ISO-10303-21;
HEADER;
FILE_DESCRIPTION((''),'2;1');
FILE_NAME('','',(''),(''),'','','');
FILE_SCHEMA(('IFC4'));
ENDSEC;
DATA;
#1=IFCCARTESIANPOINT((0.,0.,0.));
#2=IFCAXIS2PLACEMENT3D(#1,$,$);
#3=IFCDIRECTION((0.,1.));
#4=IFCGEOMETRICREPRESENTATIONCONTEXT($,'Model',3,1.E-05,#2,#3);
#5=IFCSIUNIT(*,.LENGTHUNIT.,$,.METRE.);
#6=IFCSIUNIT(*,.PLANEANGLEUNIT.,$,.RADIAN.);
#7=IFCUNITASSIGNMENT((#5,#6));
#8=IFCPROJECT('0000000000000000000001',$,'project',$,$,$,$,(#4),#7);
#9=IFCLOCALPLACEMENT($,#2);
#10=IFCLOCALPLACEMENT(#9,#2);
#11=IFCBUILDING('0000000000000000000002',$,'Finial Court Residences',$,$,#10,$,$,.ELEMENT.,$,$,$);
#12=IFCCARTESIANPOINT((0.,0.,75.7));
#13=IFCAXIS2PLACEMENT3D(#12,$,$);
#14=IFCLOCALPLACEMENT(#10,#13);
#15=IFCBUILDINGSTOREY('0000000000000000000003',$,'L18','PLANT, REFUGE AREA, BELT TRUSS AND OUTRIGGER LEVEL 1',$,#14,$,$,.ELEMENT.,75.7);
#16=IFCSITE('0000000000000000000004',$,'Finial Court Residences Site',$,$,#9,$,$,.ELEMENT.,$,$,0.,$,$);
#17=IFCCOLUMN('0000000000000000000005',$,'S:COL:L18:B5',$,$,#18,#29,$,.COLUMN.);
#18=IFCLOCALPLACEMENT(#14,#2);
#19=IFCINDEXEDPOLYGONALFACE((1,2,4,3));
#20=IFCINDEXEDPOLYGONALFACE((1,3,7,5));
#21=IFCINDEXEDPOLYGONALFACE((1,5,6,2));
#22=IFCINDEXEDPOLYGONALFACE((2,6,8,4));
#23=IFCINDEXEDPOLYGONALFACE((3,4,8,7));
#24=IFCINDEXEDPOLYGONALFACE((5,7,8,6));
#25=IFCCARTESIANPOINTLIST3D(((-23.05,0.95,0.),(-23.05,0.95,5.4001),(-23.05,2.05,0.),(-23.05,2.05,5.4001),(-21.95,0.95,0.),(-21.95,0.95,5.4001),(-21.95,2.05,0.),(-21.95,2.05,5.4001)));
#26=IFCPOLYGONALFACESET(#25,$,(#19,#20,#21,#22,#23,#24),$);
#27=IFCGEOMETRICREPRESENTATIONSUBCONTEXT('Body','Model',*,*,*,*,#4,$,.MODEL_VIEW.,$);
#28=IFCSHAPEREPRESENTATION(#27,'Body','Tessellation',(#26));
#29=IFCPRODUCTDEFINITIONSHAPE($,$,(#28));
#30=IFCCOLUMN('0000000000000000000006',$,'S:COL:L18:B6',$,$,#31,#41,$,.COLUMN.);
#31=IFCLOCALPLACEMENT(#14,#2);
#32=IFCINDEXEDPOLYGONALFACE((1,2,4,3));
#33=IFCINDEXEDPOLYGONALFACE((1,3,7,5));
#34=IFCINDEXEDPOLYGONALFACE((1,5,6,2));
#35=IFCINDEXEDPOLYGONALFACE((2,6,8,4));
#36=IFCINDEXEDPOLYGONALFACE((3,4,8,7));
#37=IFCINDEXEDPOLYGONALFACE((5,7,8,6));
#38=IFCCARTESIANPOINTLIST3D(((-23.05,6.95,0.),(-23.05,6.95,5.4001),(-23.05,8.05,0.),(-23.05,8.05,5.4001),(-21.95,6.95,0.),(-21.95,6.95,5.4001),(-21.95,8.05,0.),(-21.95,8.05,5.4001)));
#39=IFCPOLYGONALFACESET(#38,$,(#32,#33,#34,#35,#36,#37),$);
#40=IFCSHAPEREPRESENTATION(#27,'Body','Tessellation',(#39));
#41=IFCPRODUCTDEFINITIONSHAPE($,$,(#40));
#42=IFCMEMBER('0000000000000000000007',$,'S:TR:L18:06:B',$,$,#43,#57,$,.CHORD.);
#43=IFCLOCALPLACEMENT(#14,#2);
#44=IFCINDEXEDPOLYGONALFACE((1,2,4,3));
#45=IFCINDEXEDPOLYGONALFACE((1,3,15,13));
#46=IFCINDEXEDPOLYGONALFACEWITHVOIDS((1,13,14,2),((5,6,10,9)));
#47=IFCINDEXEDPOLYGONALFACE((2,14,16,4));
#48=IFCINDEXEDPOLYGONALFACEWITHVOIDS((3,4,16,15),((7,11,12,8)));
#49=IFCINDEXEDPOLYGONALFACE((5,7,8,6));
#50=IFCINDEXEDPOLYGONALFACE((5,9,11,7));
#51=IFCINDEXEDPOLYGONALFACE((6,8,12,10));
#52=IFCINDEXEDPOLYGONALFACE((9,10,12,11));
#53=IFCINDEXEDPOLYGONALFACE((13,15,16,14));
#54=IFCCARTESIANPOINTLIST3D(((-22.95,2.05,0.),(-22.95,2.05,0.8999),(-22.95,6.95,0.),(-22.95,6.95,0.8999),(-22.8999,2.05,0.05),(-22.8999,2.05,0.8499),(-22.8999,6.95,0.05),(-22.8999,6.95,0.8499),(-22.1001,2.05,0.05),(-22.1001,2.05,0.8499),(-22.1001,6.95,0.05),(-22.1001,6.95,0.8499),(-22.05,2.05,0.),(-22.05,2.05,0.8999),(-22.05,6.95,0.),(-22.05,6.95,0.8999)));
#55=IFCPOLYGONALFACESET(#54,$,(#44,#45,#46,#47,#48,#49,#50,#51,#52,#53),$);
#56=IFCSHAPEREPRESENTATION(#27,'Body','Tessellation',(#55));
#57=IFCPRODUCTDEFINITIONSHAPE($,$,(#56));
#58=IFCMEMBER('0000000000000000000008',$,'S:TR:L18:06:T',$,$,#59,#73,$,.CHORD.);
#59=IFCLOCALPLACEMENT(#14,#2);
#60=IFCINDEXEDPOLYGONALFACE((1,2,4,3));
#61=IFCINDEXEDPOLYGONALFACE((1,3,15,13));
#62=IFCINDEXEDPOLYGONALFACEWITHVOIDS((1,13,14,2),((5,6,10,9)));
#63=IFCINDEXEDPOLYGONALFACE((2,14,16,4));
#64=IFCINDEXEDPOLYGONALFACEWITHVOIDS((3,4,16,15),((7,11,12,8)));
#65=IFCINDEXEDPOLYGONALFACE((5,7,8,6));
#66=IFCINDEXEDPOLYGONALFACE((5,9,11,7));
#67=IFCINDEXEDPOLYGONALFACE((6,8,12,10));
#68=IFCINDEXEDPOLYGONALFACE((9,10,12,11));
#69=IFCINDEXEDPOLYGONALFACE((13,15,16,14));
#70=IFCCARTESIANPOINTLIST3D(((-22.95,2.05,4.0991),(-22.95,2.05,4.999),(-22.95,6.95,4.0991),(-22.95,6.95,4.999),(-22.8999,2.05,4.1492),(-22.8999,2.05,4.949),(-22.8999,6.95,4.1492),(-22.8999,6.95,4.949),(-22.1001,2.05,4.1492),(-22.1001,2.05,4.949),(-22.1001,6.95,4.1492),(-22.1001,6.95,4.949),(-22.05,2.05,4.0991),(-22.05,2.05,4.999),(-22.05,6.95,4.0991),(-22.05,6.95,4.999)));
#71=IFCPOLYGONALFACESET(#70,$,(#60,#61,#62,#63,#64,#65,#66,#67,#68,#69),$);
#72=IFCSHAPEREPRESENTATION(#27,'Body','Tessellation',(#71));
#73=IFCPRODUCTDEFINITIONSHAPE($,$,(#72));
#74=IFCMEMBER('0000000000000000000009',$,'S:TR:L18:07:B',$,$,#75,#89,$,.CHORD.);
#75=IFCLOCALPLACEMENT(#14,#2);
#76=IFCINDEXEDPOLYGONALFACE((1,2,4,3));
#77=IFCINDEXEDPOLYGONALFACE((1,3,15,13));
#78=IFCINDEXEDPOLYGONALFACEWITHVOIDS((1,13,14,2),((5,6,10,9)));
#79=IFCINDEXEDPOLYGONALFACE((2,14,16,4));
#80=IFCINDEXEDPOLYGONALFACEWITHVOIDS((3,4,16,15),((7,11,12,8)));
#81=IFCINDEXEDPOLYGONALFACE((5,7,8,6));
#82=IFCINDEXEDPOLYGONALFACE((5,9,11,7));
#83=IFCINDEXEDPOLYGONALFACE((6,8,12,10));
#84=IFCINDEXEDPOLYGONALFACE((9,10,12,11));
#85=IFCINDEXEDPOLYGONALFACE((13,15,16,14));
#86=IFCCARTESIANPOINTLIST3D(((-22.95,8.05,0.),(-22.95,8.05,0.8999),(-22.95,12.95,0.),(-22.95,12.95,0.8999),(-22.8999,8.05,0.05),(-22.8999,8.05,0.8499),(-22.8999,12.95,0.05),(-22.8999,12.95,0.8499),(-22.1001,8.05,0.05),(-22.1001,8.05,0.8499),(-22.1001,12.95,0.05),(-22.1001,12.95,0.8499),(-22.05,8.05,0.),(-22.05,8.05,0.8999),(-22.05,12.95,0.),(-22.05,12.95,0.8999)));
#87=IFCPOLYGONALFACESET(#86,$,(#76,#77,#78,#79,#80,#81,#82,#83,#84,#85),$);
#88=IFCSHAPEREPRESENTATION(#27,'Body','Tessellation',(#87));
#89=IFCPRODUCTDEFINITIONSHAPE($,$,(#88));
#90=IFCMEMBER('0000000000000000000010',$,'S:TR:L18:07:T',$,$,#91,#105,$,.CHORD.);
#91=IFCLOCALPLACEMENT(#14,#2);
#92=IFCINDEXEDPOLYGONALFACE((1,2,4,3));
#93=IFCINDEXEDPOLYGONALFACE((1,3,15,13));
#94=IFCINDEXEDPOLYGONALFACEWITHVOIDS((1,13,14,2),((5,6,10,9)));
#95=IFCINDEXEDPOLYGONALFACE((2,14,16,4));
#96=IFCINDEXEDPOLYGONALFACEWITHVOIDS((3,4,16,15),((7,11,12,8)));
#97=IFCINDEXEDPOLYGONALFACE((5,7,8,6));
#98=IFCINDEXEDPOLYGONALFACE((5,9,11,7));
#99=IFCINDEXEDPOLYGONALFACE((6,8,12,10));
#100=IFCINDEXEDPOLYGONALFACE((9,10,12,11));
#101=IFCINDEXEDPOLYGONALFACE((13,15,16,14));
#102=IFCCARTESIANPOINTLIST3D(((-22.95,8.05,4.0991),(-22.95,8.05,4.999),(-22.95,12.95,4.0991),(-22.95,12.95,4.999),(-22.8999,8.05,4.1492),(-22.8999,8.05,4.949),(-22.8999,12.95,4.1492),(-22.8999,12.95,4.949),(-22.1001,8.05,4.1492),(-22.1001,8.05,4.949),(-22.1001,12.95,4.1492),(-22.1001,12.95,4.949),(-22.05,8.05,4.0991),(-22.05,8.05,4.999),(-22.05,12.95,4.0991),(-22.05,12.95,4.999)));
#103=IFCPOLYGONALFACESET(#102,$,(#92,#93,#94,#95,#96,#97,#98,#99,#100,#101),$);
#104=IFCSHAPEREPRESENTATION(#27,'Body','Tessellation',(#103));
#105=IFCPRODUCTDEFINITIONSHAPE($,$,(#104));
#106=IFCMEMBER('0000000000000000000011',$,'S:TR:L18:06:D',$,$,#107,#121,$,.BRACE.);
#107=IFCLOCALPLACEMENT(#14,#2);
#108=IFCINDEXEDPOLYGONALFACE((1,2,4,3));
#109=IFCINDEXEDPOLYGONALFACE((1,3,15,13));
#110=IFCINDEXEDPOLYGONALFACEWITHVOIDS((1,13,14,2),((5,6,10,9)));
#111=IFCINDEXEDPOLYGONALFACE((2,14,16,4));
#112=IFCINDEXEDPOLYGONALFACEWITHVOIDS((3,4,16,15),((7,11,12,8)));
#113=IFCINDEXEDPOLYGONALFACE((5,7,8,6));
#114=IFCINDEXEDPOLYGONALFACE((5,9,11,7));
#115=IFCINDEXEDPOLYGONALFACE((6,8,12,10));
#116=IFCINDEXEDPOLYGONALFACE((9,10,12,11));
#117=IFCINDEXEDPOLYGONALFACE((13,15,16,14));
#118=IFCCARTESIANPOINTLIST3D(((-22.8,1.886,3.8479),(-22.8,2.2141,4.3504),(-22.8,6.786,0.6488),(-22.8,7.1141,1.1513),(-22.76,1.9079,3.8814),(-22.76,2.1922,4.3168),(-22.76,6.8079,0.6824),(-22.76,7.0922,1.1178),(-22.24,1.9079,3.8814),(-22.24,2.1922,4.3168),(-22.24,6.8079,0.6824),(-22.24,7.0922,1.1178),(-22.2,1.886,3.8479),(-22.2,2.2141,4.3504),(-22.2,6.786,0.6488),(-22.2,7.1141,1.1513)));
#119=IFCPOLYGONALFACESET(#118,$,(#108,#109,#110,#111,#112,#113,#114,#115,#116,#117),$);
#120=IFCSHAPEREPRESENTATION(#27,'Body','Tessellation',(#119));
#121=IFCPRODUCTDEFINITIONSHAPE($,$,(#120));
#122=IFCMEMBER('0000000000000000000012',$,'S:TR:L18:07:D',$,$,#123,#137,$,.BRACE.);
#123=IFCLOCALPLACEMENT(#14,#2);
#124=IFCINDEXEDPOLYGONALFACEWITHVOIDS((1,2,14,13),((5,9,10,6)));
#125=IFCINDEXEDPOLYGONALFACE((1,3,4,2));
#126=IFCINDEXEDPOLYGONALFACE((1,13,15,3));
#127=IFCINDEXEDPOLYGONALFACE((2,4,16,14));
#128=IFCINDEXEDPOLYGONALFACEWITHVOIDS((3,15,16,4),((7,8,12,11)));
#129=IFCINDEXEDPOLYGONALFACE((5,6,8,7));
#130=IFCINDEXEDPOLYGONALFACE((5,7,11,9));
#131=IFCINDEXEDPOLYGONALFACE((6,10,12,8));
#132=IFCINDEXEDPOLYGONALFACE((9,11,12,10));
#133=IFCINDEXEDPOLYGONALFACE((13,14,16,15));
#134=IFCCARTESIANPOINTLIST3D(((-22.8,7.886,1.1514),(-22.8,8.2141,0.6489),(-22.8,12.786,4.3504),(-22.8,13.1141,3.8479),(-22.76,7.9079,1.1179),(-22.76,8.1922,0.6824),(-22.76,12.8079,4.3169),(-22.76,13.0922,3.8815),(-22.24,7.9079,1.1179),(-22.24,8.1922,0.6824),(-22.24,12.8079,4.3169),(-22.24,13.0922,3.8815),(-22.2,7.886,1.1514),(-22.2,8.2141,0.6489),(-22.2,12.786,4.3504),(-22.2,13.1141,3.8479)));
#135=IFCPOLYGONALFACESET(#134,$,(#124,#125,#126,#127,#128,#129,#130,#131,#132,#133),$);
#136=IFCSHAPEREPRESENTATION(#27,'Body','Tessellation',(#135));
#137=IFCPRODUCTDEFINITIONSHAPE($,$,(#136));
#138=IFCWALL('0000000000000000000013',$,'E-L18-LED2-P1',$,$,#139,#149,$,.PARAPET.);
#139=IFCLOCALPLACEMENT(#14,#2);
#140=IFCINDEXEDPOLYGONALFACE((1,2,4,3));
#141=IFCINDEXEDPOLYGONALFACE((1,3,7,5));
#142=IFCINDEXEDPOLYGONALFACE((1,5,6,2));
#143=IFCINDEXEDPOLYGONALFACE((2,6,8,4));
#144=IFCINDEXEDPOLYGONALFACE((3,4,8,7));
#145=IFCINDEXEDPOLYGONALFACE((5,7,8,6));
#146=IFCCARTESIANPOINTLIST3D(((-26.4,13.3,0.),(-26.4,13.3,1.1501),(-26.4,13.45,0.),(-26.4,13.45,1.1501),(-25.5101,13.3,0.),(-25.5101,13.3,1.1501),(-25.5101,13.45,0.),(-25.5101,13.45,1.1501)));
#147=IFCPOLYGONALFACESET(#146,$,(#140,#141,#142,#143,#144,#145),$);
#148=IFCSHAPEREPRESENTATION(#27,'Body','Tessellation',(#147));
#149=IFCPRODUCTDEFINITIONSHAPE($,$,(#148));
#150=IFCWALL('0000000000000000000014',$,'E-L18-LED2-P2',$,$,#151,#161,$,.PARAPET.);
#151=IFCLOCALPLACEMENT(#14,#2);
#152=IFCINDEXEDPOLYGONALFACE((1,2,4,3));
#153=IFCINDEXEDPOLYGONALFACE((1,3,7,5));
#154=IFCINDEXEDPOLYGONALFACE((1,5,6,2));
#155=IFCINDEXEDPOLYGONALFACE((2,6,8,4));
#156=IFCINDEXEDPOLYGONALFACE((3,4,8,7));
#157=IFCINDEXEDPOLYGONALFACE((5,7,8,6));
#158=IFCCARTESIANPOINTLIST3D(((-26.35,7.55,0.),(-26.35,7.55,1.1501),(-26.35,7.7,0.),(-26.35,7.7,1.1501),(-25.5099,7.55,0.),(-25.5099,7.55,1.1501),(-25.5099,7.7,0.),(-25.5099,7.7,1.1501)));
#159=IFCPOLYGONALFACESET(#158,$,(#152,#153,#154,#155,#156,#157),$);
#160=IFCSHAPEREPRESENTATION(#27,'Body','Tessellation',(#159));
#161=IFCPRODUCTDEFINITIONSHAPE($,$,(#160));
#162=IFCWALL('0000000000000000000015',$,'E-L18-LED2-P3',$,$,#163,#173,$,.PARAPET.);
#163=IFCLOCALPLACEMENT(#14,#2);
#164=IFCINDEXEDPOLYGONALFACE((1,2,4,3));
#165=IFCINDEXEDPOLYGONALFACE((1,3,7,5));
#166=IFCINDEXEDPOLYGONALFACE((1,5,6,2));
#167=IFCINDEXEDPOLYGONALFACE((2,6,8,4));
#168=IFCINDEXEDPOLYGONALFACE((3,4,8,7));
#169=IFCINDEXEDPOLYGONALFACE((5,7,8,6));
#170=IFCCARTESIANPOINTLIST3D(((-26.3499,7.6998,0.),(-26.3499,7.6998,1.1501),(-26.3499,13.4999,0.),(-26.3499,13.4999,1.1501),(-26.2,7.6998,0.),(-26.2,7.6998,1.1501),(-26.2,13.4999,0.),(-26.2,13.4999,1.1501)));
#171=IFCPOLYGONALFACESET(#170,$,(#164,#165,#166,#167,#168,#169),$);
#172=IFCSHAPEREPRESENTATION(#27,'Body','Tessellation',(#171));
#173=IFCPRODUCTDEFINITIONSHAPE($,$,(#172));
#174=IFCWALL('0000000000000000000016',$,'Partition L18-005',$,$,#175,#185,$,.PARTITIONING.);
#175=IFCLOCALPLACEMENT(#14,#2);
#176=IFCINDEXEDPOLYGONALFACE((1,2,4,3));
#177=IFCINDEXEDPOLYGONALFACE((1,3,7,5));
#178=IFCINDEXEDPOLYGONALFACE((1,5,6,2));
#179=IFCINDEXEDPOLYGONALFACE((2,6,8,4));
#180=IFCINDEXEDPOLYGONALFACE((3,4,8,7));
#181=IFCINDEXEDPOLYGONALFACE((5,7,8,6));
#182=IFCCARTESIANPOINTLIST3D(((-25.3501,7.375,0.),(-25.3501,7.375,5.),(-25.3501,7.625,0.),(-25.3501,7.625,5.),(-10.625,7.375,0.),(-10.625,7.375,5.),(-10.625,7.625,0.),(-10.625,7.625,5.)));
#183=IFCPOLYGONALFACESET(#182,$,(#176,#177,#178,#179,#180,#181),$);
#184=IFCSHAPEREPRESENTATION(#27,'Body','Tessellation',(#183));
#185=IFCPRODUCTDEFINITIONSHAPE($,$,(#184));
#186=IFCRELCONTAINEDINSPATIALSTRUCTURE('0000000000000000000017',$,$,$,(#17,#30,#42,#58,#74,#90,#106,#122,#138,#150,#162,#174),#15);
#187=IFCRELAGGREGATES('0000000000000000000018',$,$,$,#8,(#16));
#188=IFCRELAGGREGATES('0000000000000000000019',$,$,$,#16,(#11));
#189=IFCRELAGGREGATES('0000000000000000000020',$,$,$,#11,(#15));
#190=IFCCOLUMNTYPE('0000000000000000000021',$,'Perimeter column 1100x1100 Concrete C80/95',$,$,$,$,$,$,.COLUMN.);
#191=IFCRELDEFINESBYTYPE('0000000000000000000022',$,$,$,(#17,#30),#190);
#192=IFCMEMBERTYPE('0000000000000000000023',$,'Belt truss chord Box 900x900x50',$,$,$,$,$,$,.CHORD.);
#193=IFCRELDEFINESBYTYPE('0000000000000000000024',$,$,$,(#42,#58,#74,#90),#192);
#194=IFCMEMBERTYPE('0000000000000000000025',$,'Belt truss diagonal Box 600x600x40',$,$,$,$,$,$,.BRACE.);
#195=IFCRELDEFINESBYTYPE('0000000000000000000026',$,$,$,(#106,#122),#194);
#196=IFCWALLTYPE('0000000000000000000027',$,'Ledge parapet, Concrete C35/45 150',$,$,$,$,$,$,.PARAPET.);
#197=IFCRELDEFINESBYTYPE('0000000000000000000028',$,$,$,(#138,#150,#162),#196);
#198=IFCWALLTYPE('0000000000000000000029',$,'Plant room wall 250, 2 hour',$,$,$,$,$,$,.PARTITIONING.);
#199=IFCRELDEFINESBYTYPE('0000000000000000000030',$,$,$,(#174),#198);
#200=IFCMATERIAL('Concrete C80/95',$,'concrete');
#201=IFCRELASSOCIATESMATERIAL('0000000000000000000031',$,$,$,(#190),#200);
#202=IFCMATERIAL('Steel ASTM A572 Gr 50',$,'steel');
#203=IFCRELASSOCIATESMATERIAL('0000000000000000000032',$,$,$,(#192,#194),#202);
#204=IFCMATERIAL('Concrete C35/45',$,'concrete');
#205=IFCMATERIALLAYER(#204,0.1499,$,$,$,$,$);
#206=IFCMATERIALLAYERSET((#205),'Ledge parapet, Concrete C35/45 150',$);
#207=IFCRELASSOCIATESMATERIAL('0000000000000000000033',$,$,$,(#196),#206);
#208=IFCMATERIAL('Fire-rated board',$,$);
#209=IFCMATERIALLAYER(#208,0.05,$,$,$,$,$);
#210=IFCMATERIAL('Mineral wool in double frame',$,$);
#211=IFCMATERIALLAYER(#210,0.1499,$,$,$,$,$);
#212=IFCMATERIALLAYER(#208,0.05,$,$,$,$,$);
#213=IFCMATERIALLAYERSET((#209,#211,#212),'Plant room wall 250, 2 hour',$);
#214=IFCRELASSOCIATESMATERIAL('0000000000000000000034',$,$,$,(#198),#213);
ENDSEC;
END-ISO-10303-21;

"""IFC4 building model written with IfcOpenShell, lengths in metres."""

from ifc_helpers import new_model, si_unit, direction, frame, frame_2d, origin, origin_2d, place, context, subcontext, project, spatial, rectangle, hollow_rectangle, extrude, material, layer, layer_set, material_profile, profile_set, type_object, element, save


model = new_model("IFC4")

# Units and contexts
model_context = context("Model", 3, precision=1e-05, world=origin(), true_north=direction((0.0, 1.0)))
body_context = subcontext(model_context, "Body", "Model", "MODEL_VIEW")
ifc_project = project(units=[si_unit("LENGTHUNIT", "METRE"), si_unit("PLANEANGLEUNIT", "RADIAN")], contexts=[model_context])

# Site, building, storey
site_placement = place(None, origin())
site = spatial("IfcSite", under=ifc_project, at=site_placement, Name="Finial Court Residences Site", CompositionType="ELEMENT", RefElevation=0.0)
building_placement = place(site_placement, origin())
building = spatial("IfcBuilding", under=site, at=building_placement, Name="Finial Court Residences", CompositionType="ELEMENT")
storey_placement = place(building_placement, frame((0.0, 0.0, 75.7)))
storey = spatial("IfcBuildingStorey", under=building, at=storey_placement, Name="L18", Description="PLANT, REFUGE AREA, BELT TRUSS AND OUTRIGGER LEVEL 1", CompositionType="ELEMENT", Elevation=75.7)

# Columns
ifc_material_1 = material(Name="Concrete C80/95", Category="concrete")
ifc_material_profile_1 = material_profile(ifc_material_1, rectangle(XDim=1.1001, YDim=1.1001, at=origin_2d()), Name="1100x1100")
ifc_profile_set_1 = profile_set([ifc_material_profile_1], Name="Concrete C80/95")
column_type = type_object("IfcColumnType", Name="Perimeter column 1100x1100 Concrete C80/95", PredefinedType="COLUMN", material=ifc_profile_set_1)
for number, where, z_axis, x_axis, name in (
    (1, (-22.5, 1.5, 0.0), (0.0, 0.0, 1.0), (1.0, 0.0, 0.0), "S:COL:L18:B5"),
    (2, (-22.5, 7.5, 0.0), (0.0, 0.0, 1.0), (1.0, 0.0, 0.0), "S:COL:L18:B6"),
):
    element("IfcColumn", number, at=place(storey_placement, frame(where, z_axis=z_axis, x_axis=x_axis)), inside=storey, type_object=column_type, Name=name, PredefinedType="COLUMN", context=body_context, shape_type="SweptSolid", body=[
        extrude(rectangle(XDim=1.1001, YDim=1.1001, at=origin_2d()), origin(), (0.0, 0.0, 1.0), 5.4001),
    ])

# Members
ifc_material_2 = material(Name="Steel ASTM A572 Gr 50", Category="steel")
ifc_material_profile_2 = material_profile(ifc_material_2, hollow_rectangle(XDim=0.8999, YDim=0.8999, WallThickness=0.05, at=origin_2d()), Name="Box 900x900x50")
ifc_profile_set_2 = profile_set([ifc_material_profile_2], Name="Steel ASTM A572 Gr 50")
member_type_1 = type_object("IfcMemberType", Name="Belt truss chord Box 900x900x50", PredefinedType="CHORD", material=ifc_profile_set_2)
for number, where, z_axis, x_axis, name in (
    (3, (-22.5, 2.05, 0.45), (0.0, 1.0, 0.0), (-1.0, 0.0, 0.0), "S:TR:L18:06:B"),
    (4, (-22.5, 2.05, 4.5491), (0.0, 1.0, 0.0), (-1.0, 0.0, 0.0), "S:TR:L18:06:T"),
    (5, (-22.5, 8.05, 0.45), (0.0, 1.0, 0.0), (-1.0, 0.0, 0.0), "S:TR:L18:07:B"),
    (6, (-22.5, 8.05, 4.5491), (0.0, 1.0, 0.0), (-1.0, 0.0, 0.0), "S:TR:L18:07:T"),
):
    element("IfcMember", number, at=place(storey_placement, frame(where, z_axis=z_axis, x_axis=x_axis)), inside=storey, type_object=member_type_1, Name=name, PredefinedType="CHORD", context=body_context, shape_type="SweptSolid", body=[
        extrude(hollow_rectangle(XDim=0.8999, YDim=0.8999, WallThickness=0.05, at=origin_2d()), origin(), (0.0, 0.0, 1.0), 4.8999),
    ])
ifc_material_profile_3 = material_profile(ifc_material_2, hollow_rectangle(XDim=0.6001, YDim=0.6001, WallThickness=0.04, at=origin_2d()), Name="Box 600x600x40")
ifc_profile_set_3 = profile_set([ifc_material_profile_3], Name="Steel ASTM A572 Gr 50")
member_type_2 = type_object("IfcMemberType", Name="Belt truss diagonal Box 600x600x40", PredefinedType="BRACE", material=ifc_profile_set_3)
for number, where, z_axis, x_axis, name in (
    (7, (-22.5, 2.05, 4.0991), (0.0, 0.837346, -0.546674), (-1.0, 0.0, 0.0), "S:TR:L18:06:D"),
    (8, (-22.5, 8.05, 0.9001), (0.0, 0.837346, 0.546674), (-1.0, 0.0, 0.0), "S:TR:L18:07:D"),
):
    element("IfcMember", number, at=place(storey_placement, frame(where, z_axis=z_axis, x_axis=x_axis)), inside=storey, type_object=member_type_2, Name=name, PredefinedType="BRACE", context=body_context, shape_type="SweptSolid", body=[
        extrude(hollow_rectangle(XDim=0.6001, YDim=0.6001, WallThickness=0.04, at=origin_2d()), origin(), (0.0, 0.0, 1.0), 5.8518),
    ])

# Walls
ifc_material_3 = material(Name="Concrete C35/45", Category="concrete")
ifc_layer_1 = layer(ifc_material_3, 0.1499)
ifc_layer_set_1 = layer_set([ifc_layer_1], Name="Ledge parapet, Concrete C35/45 150")
wall_type_1 = type_object("IfcWallType", Name="Ledge parapet, Concrete C35/45 150", PredefinedType="PARAPET", material=ifc_layer_set_1)
wall_1_placement = place(storey_placement, frame((-26.3999, 13.375, 0.0), z_axis=(0.0, 0.0, 1.0), x_axis=(1.0, 0.0, 0.0)))
element("IfcWall", 9, at=wall_1_placement, inside=storey, type_object=wall_type_1, Name="E-L18-LED2-P1", PredefinedType="PARAPET", context=body_context, shape_type="SweptSolid", body=[
    extrude(rectangle(XDim=0.8899, YDim=0.1499, at=frame_2d((0.4448, 0.0))), origin(), (0.0, 0.0, 1.0), 1.1501),
])
wall_2_placement = place(storey_placement, frame((-25.51, 7.625, 0.0), z_axis=(0.0, 0.0, 1.0), x_axis=(-1.0, 0.0, 0.0)))
element("IfcWall", 10, at=wall_2_placement, inside=storey, type_object=wall_type_1, Name="E-L18-LED2-P2", PredefinedType="PARAPET", context=body_context, shape_type="SweptSolid", body=[
    extrude(rectangle(XDim=0.8401, YDim=0.1499, at=frame_2d((0.4199, 0.0))), origin(), (0.0, 0.0, 1.0), 1.1501),
])
wall_3_placement = place(storey_placement, frame((-26.2749, 7.7, 0.0), z_axis=(0.0, 0.0, 1.0), x_axis=(0.0, 1.0, 0.0)))
element("IfcWall", 11, at=wall_3_placement, inside=storey, type_object=wall_type_1, Name="E-L18-LED2-P3", PredefinedType="PARAPET", context=body_context, shape_type="SweptSolid", body=[
    extrude(rectangle(XDim=5.8, YDim=0.1499, at=frame_2d((2.8999, 0.0))), origin(), (0.0, 0.0, 1.0), 1.1501),
])
ifc_material_4 = material(Name="Fire-rated board")
ifc_layer_2 = layer(ifc_material_4, 0.05)
ifc_material_5 = material(Name="Mineral wool in double frame")
ifc_layer_3 = layer(ifc_material_5, 0.1499)
ifc_layer_4 = layer(ifc_material_4, 0.05)
ifc_layer_set_2 = layer_set([ifc_layer_2, ifc_layer_3, ifc_layer_4], Name="Plant room wall 250, 2 hour")
wall_type_2 = type_object("IfcWallType", Name="Plant room wall 250, 2 hour", PredefinedType="PARTITIONING", material=ifc_layer_set_2)
wall_4_placement = place(storey_placement, frame((-25.3501, 7.5, 0.0), z_axis=(0.0, 0.0, 1.0), x_axis=(1.0, 0.0, 0.0)))
element("IfcWall", 12, at=wall_4_placement, inside=storey, type_object=wall_type_2, Name="Partition L18-005", PredefinedType="PARTITIONING", context=body_context, shape_type="SweptSolid", body=[
    extrude(rectangle(XDim=14.7251, YDim=0.25, at=frame_2d((7.3625, 0.0))), origin(), (0.0, 0.0, 1.0), 5.0),
])

save(model, "model.ifc")
